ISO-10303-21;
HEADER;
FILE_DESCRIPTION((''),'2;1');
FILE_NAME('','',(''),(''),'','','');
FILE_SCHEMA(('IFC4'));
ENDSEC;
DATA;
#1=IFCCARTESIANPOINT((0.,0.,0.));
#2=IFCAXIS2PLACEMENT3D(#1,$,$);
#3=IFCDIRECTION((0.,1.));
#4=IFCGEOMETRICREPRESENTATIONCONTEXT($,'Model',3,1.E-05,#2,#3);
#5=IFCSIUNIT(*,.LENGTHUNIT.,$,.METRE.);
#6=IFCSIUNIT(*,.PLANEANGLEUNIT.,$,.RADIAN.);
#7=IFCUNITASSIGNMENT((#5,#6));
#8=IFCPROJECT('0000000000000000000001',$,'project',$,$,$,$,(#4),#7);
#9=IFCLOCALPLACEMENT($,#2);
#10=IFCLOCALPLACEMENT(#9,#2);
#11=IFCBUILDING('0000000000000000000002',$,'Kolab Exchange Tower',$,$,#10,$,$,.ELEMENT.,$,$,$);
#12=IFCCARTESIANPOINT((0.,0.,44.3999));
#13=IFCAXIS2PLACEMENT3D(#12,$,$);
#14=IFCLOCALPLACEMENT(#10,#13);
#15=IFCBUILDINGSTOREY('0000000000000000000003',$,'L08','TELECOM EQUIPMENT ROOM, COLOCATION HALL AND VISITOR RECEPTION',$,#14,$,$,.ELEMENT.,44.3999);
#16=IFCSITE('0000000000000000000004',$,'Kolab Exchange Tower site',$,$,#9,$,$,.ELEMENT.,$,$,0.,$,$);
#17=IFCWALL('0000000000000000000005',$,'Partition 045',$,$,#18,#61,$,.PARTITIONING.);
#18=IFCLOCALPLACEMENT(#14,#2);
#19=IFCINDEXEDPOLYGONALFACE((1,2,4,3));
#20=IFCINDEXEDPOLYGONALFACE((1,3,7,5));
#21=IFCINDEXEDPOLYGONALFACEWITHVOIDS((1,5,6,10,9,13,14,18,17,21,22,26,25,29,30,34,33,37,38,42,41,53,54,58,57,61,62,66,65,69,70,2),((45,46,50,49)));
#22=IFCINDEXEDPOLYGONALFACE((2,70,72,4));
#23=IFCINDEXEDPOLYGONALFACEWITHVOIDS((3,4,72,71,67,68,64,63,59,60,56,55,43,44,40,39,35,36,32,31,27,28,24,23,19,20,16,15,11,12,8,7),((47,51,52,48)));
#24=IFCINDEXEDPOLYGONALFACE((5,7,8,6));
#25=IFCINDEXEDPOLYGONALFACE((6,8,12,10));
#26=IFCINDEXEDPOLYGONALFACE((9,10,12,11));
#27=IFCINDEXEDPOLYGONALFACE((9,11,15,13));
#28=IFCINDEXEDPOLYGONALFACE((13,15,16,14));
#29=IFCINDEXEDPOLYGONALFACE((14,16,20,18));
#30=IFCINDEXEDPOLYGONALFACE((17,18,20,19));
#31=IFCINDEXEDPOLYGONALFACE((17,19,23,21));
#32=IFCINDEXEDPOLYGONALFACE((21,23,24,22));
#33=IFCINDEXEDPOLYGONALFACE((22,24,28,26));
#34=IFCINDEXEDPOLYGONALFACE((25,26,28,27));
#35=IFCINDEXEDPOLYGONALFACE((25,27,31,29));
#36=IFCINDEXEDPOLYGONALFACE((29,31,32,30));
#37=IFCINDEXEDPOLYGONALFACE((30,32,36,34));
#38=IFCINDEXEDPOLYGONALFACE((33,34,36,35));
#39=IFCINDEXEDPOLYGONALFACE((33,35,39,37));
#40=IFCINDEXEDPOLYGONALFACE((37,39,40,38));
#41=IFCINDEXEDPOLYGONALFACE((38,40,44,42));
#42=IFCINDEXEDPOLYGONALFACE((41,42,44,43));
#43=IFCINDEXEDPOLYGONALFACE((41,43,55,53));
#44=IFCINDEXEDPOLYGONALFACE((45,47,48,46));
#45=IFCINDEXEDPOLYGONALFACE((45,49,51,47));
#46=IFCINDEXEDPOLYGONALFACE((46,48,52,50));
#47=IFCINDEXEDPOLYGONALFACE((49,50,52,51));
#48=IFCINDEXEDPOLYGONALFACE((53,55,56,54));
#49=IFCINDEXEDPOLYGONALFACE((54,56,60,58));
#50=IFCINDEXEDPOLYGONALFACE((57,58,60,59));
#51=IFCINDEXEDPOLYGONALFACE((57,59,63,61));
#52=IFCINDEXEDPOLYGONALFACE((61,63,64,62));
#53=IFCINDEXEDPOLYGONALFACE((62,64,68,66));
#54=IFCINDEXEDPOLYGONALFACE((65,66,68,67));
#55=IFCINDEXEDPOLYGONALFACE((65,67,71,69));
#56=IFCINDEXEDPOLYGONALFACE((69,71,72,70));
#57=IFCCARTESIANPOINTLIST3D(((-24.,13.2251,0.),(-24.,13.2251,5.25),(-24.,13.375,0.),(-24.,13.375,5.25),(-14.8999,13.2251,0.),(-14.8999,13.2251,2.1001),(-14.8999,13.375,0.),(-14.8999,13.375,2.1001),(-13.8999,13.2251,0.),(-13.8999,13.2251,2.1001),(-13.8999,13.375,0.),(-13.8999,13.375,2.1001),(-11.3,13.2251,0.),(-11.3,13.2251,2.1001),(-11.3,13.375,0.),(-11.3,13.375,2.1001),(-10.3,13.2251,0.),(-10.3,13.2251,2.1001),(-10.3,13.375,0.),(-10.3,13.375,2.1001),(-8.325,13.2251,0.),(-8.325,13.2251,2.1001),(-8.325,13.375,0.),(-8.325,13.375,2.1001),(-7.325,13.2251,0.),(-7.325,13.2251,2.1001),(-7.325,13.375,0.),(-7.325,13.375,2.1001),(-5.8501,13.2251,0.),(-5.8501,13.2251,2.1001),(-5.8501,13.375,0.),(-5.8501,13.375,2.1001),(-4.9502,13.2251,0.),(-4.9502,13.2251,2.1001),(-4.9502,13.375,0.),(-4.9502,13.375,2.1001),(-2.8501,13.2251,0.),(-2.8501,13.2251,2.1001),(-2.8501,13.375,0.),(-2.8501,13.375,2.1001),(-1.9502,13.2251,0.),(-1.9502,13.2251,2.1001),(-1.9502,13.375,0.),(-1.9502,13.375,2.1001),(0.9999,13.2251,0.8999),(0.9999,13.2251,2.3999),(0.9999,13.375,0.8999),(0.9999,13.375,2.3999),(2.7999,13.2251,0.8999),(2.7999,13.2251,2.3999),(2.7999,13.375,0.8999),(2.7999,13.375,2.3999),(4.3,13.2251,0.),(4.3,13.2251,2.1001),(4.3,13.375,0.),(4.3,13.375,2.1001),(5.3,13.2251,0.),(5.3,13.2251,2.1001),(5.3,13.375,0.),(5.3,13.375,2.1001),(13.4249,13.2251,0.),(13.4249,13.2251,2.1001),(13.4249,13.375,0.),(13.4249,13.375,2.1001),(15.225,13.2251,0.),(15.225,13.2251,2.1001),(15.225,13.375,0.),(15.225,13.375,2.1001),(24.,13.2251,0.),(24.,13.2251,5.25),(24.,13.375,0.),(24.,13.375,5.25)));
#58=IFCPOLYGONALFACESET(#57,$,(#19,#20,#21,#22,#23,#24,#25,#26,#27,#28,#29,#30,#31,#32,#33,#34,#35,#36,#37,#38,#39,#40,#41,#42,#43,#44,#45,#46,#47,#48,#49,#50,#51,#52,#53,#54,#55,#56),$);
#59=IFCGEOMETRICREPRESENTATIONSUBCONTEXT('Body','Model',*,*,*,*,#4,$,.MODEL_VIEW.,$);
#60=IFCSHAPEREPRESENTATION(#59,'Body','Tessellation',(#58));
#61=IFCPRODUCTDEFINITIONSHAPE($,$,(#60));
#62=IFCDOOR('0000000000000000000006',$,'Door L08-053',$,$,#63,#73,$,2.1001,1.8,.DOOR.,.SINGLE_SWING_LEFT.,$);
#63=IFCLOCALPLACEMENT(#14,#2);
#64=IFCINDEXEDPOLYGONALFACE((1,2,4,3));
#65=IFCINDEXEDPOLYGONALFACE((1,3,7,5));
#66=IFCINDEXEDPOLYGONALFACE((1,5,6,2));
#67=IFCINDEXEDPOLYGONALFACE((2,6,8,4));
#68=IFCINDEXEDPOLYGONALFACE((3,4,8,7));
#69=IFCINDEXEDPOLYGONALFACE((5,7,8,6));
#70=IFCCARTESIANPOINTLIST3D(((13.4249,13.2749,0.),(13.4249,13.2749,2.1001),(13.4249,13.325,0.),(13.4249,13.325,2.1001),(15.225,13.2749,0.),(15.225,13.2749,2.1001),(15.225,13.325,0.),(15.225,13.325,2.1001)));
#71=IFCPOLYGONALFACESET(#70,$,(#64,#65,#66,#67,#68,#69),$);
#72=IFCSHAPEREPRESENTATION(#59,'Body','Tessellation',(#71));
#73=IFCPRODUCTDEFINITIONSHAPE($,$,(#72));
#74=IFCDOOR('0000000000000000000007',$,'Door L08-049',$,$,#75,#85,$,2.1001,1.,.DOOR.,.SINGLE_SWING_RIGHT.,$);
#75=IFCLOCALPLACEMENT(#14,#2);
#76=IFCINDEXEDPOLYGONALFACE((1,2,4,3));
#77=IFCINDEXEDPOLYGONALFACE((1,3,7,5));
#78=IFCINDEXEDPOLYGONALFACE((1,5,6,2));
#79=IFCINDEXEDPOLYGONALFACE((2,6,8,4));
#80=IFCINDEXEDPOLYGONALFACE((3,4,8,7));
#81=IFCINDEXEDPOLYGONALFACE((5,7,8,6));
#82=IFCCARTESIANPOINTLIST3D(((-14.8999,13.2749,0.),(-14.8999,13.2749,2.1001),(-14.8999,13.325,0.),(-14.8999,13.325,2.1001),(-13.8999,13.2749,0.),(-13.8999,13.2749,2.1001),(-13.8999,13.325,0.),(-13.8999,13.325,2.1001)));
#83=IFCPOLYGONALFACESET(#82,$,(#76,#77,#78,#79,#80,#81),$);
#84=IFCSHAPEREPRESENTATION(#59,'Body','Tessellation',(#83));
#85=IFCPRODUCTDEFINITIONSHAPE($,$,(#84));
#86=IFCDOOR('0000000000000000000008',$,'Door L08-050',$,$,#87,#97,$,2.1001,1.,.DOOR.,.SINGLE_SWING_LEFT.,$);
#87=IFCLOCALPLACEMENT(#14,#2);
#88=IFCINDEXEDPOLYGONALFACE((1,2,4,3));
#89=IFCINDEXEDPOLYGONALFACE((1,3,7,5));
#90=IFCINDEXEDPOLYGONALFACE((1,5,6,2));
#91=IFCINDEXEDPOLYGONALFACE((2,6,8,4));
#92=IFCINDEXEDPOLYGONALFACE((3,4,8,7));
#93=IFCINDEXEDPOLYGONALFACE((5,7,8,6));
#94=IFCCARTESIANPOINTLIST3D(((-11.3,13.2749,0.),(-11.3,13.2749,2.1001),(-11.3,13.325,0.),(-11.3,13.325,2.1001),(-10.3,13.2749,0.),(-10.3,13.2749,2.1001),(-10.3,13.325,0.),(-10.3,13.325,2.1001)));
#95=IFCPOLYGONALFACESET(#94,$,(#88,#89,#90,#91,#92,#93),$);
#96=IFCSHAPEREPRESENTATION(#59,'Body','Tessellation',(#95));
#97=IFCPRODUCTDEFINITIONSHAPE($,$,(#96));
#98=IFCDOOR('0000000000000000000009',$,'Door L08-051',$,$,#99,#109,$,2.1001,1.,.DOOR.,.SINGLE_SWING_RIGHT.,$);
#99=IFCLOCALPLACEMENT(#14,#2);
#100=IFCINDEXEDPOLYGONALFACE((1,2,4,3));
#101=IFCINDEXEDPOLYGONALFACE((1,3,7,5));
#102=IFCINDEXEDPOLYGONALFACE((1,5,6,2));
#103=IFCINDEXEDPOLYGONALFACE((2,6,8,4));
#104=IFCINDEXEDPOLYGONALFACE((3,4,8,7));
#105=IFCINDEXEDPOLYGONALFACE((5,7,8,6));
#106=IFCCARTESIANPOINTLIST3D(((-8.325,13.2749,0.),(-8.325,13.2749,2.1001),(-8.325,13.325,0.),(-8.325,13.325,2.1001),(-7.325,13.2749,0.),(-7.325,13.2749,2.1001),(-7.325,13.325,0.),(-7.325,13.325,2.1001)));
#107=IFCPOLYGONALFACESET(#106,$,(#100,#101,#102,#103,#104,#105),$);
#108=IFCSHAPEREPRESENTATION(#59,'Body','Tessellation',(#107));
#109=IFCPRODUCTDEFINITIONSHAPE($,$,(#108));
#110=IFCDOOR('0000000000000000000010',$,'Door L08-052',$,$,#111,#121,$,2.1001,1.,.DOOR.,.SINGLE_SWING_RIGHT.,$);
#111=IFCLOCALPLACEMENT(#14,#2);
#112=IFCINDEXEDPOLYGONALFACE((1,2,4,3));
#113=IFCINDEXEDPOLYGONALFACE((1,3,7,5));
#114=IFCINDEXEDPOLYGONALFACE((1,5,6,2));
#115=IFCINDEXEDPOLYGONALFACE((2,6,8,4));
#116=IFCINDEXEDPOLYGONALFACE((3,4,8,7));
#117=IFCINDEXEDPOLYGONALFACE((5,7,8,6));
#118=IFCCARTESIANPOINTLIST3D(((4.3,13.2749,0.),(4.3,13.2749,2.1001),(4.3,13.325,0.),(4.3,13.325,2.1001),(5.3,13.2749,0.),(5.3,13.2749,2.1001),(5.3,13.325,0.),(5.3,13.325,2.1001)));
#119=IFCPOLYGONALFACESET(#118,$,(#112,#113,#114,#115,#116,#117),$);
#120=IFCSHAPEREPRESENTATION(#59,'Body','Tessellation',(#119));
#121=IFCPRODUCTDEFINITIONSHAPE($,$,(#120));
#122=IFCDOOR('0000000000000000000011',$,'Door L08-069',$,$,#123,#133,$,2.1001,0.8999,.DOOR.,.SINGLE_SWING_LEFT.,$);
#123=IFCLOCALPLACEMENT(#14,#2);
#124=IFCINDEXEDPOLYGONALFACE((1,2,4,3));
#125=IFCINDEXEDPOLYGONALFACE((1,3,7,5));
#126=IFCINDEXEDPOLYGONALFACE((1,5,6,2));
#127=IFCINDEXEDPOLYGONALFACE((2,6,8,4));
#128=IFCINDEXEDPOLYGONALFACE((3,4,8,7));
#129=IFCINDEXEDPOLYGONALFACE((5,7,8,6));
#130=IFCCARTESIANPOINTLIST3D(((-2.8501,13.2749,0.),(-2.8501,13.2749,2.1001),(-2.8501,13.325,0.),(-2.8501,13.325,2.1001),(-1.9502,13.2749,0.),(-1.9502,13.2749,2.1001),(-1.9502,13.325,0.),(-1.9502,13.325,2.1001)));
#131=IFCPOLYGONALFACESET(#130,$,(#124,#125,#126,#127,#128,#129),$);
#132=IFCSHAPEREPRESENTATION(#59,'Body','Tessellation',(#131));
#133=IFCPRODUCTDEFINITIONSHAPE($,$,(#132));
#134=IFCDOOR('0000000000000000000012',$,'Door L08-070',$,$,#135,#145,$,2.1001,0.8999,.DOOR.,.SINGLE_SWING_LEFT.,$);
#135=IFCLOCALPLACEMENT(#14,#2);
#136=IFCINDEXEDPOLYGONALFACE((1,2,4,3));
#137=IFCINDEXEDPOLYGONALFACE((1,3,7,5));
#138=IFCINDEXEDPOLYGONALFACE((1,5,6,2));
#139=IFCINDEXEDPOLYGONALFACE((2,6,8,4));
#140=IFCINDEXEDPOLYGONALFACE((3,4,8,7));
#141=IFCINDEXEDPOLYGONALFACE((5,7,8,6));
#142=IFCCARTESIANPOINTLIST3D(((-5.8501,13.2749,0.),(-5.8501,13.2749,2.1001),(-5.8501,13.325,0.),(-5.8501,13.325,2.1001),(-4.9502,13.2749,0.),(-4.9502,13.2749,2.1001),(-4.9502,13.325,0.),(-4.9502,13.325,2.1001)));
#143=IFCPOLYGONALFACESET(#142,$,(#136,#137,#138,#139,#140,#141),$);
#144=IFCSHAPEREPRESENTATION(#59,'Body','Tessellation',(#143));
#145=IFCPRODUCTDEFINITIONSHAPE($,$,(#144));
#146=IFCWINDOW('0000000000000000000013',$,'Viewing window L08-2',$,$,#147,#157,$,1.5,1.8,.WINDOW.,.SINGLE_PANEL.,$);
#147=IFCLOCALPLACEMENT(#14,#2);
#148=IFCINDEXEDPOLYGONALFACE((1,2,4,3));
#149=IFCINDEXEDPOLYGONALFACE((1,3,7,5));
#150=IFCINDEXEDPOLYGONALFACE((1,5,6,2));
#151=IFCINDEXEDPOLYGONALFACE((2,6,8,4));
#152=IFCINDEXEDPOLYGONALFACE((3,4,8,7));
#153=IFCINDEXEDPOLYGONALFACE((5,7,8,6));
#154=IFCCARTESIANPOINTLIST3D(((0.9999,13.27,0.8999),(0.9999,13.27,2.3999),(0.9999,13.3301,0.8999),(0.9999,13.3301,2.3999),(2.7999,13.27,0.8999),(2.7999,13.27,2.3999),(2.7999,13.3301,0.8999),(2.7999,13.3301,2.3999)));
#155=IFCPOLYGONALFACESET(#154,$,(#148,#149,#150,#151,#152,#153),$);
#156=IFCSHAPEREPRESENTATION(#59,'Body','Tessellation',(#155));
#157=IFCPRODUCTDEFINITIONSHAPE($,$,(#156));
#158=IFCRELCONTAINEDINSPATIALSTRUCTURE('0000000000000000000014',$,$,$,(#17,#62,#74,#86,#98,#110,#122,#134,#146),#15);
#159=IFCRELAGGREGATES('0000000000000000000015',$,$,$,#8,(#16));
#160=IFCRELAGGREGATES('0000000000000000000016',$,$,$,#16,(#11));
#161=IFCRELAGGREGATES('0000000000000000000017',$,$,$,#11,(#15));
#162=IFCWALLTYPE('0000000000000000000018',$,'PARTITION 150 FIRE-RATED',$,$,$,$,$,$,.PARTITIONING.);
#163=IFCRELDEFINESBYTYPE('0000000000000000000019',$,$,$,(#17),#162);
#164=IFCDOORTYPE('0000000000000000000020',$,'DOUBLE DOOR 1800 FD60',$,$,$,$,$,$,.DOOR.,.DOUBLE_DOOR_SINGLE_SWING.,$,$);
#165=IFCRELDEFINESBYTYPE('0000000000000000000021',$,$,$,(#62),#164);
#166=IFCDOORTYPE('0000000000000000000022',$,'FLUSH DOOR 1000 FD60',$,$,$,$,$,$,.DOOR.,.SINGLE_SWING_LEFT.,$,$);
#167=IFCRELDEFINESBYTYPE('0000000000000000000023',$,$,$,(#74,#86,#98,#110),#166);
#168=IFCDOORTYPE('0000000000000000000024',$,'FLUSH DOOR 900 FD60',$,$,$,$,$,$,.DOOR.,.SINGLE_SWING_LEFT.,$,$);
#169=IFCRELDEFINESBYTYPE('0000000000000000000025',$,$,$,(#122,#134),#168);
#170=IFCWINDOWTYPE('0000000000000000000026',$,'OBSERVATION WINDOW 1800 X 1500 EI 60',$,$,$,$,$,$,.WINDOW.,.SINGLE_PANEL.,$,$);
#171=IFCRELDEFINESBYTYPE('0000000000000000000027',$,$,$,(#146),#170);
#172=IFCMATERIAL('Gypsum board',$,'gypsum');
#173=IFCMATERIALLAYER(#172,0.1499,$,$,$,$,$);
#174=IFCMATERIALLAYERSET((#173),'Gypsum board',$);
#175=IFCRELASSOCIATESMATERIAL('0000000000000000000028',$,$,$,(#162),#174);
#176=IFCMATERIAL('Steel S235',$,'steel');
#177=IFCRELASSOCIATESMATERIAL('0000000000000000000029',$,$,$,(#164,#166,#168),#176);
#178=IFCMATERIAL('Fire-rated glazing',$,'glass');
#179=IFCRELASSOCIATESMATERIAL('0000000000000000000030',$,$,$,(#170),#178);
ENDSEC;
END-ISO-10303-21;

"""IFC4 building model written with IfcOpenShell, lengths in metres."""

from ifc_helpers import new_model, si_unit, direction, frame, frame_2d, origin, place, context, subcontext, project, spatial, rectangle, extrude, material, layer, layer_set, type_object, element, fill, save


model = new_model("IFC4")

# Units and contexts
model_context = context("Model", 3, precision=1e-05, world=origin(), true_north=direction((0.0, 1.0)))
body_context = subcontext(model_context, "Body", "Model", "MODEL_VIEW")
ifc_project = project(units=[si_unit("LENGTHUNIT", "METRE"), si_unit("PLANEANGLEUNIT", "RADIAN")], contexts=[model_context])

# Site, building, storey
site_placement = place(None, origin())
site = spatial("IfcSite", under=ifc_project, at=site_placement, Name="Kolab Exchange Tower site", CompositionType="ELEMENT", RefElevation=0.0)
building_placement = place(site_placement, origin())
building = spatial("IfcBuilding", under=site, at=building_placement, Name="Kolab Exchange Tower", CompositionType="ELEMENT")
storey_placement = place(building_placement, frame((0.0, 0.0, 44.3999)))
storey = spatial("IfcBuildingStorey", under=building, at=storey_placement, Name="L08", Description="TELECOM EQUIPMENT ROOM, COLOCATION HALL AND VISITOR RECEPTION", CompositionType="ELEMENT", Elevation=44.3999)

# Shared definitions
ifc_material_1 = material(Name="Gypsum board", Category="gypsum")
ifc_layer_1 = layer(ifc_material_1, 0.1499)
ifc_layer_set_1 = layer_set([ifc_layer_1], Name="Gypsum board")
wall_type = type_object("IfcWallType", Name="PARTITION 150 FIRE-RATED", PredefinedType="PARTITIONING", material=ifc_layer_set_1)

# Wall, openings, doors, window
wall_1_placement = place(storey_placement, frame((-24.0, 13.3, 0.0), z_axis=(0.0, 0.0, 1.0), x_axis=(1.0, 0.0, 0.0)))
wall_1 = element("IfcWall", 1, at=wall_1_placement, inside=storey, type_object=wall_type, Name="Partition 045", PredefinedType="PARTITIONING", context=body_context, shape_type="SweptSolid", body=[
    extrude(rectangle(XDim=48.0, YDim=0.1499, at=frame_2d((24.0, 0.0))), origin(), (0.0, 0.0, 1.0), 5.25),
])
opening_1_placement = place(wall_1_placement, frame((9.1001, 0.0, 0.0)))
opening_1 = element("IfcOpeningElement", 2, at=opening_1_placement, cuts=wall_1, PredefinedType="OPENING", context=body_context, shape_type="SweptSolid", body=[
    extrude(rectangle(XDim=1.0, YDim=2.1001, at=frame_2d((0.5, 1.05))), frame((0.0, 0.085, 0.0), z_axis=(0.0, -1.0, 0.0), x_axis=(1.0, 0.0, 0.0)), (0.0, 0.0, 1.0), 0.1699),
])
opening_2_placement = place(wall_1_placement, frame((12.7, 0.0, 0.0)))
opening_2 = element("IfcOpeningElement", 3, at=opening_2_placement, cuts=wall_1, PredefinedType="OPENING", context=body_context, shape_type="SweptSolid", body=[
    extrude(rectangle(XDim=1.0, YDim=2.1001, at=frame_2d((0.5, 1.05))), frame((0.0, 0.085, 0.0), z_axis=(0.0, -1.0, 0.0), x_axis=(1.0, 0.0, 0.0)), (0.0, 0.0, 1.0), 0.1699),
])
opening_3_placement = place(wall_1_placement, frame((15.675, 0.0, 0.0)))
opening_3 = element("IfcOpeningElement", 4, at=opening_3_placement, cuts=wall_1, PredefinedType="OPENING", context=body_context, shape_type="SweptSolid", body=[
    extrude(rectangle(XDim=1.0, YDim=2.1001, at=frame_2d((0.5, 1.05))), frame((0.0, 0.085, 0.0), z_axis=(0.0, -1.0, 0.0), x_axis=(1.0, 0.0, 0.0)), (0.0, 0.0, 1.0), 0.1699),
])
opening_4_placement = place(wall_1_placement, frame((28.3, 0.0, 0.0)))
opening_4 = element("IfcOpeningElement", 5, at=opening_4_placement, cuts=wall_1, PredefinedType="OPENING", context=body_context, shape_type="SweptSolid", body=[
    extrude(rectangle(XDim=1.0, YDim=2.1001, at=frame_2d((0.5, 1.05))), frame((0.0, 0.085, 0.0), z_axis=(0.0, -1.0, 0.0), x_axis=(1.0, 0.0, 0.0)), (0.0, 0.0, 1.0), 0.1699),
])
opening_5_placement = place(wall_1_placement, frame((37.425, 0.0, 0.0)))
opening_5 = element("IfcOpeningElement", 6, at=opening_5_placement, cuts=wall_1, PredefinedType="OPENING", context=body_context, shape_type="SweptSolid", body=[
    extrude(rectangle(XDim=1.8, YDim=2.1001, at=frame_2d((0.8999, 1.05))), frame((0.0, 0.085, 0.0), z_axis=(0.0, -1.0, 0.0), x_axis=(1.0, 0.0, 0.0)), (0.0, 0.0, 1.0), 0.1699),
])
opening_6_placement = place(wall_1_placement, frame((21.1499, 0.0, 0.0)))
opening_6 = element("IfcOpeningElement", 7, at=opening_6_placement, cuts=wall_1, PredefinedType="OPENING", context=body_context, shape_type="SweptSolid", body=[
    extrude(rectangle(XDim=0.8999, YDim=2.1001, at=frame_2d((0.45, 1.05))), frame((0.0, 0.085, 0.0), z_axis=(0.0, -1.0, 0.0), x_axis=(1.0, 0.0, 0.0)), (0.0, 0.0, 1.0), 0.1699),
])
opening_7_placement = place(wall_1_placement, frame((18.1499, 0.0, 0.0)))
opening_7 = element("IfcOpeningElement", 8, at=opening_7_placement, cuts=wall_1, PredefinedType="OPENING", context=body_context, shape_type="SweptSolid", body=[
    extrude(rectangle(XDim=0.8999, YDim=2.1001, at=frame_2d((0.45, 1.05))), frame((0.0, 0.085, 0.0), z_axis=(0.0, -1.0, 0.0), x_axis=(1.0, 0.0, 0.0)), (0.0, 0.0, 1.0), 0.1699),
])
opening_8_placement = place(wall_1_placement, frame((25.0, 0.0, 0.8999)))
opening_8 = element("IfcOpeningElement", 9, at=opening_8_placement, cuts=wall_1, PredefinedType="OPENING", context=body_context, shape_type="SweptSolid", body=[
    extrude(rectangle(XDim=1.8, YDim=1.5, at=frame_2d((0.8999, 0.75))), frame((0.0, 0.085, 0.0), z_axis=(0.0, -1.0, 0.0), x_axis=(1.0, 0.0, 0.0)), (0.0, 0.0, 1.0), 0.1699),
])
ifc_material_2 = material(Name="Steel S235", Category="steel")
door_type_1 = type_object("IfcDoorType", Name="DOUBLE DOOR 1800 FD60", OperationType="DOUBLE_DOOR_SINGLE_SWING", PredefinedType="DOOR", material=ifc_material_2)
door_1_placement = place(opening_5_placement, origin())
door_1 = element("IfcDoor", 10, at=door_1_placement, inside=storey, type_object=door_type_1, Name="Door L08-053", OperationType="SINGLE_SWING_LEFT", OverallHeight=2.1001, OverallWidth=1.8, PredefinedType="DOOR", context=body_context, shape_type="SweptSolid", body=[
    extrude(rectangle(XDim=1.8, YDim=2.1001, at=frame_2d((0.8999, 1.05))), frame((0.0, 0.0249, 0.0), z_axis=(0.0, -1.0, 0.0), x_axis=(1.0, 0.0, 0.0)), (0.0, 0.0, 1.0), 0.05),
])
fill(opening_5, door_1)
door_type_2 = type_object("IfcDoorType", Name="FLUSH DOOR 1000 FD60", OperationType="SINGLE_SWING_LEFT", PredefinedType="DOOR", material=ifc_material_2)
door_2_placement = place(opening_1_placement, origin())
door_2 = element("IfcDoor", 11, at=door_2_placement, inside=storey, type_object=door_type_2, Name="Door L08-049", OperationType="SINGLE_SWING_RIGHT", OverallHeight=2.1001, OverallWidth=1.0, PredefinedType="DOOR", context=body_context, shape_type="SweptSolid", body=[
    extrude(rectangle(XDim=1.0, YDim=2.1001, at=frame_2d((0.5, 1.05))), frame((0.0, 0.0249, 0.0), z_axis=(0.0, -1.0, 0.0), x_axis=(1.0, 0.0, 0.0)), (0.0, 0.0, 1.0), 0.05),
])
fill(opening_1, door_2)
door_3_placement = place(opening_2_placement, origin())
door_3 = element("IfcDoor", 12, at=door_3_placement, inside=storey, type_object=door_type_2, Name="Door L08-050", OperationType="SINGLE_SWING_LEFT", OverallHeight=2.1001, OverallWidth=1.0, PredefinedType="DOOR", context=body_context, shape_type="SweptSolid", body=[
    extrude(rectangle(XDim=1.0, YDim=2.1001, at=frame_2d((0.5, 1.05))), frame((0.0, 0.0249, 0.0), z_axis=(0.0, -1.0, 0.0), x_axis=(1.0, 0.0, 0.0)), (0.0, 0.0, 1.0), 0.05),
])
fill(opening_2, door_3)
door_4_placement = place(opening_3_placement, origin())
door_4 = element("IfcDoor", 13, at=door_4_placement, inside=storey, type_object=door_type_2, Name="Door L08-051", OperationType="SINGLE_SWING_RIGHT", OverallHeight=2.1001, OverallWidth=1.0, PredefinedType="DOOR", context=body_context, shape_type="SweptSolid", body=[
    extrude(rectangle(XDim=1.0, YDim=2.1001, at=frame_2d((0.5, 1.05))), frame((0.0, 0.0249, 0.0), z_axis=(0.0, -1.0, 0.0), x_axis=(1.0, 0.0, 0.0)), (0.0, 0.0, 1.0), 0.05),
])
fill(opening_3, door_4)
door_5_placement = place(opening_4_placement, origin())
door_5 = element("IfcDoor", 14, at=door_5_placement, inside=storey, type_object=door_type_2, Name="Door L08-052", OperationType="SINGLE_SWING_RIGHT", OverallHeight=2.1001, OverallWidth=1.0, PredefinedType="DOOR", context=body_context, shape_type="SweptSolid", body=[
    extrude(rectangle(XDim=1.0, YDim=2.1001, at=frame_2d((0.5, 1.05))), frame((0.0, 0.0249, 0.0), z_axis=(0.0, -1.0, 0.0), x_axis=(1.0, 0.0, 0.0)), (0.0, 0.0, 1.0), 0.05),
])
fill(opening_4, door_5)
door_type_3 = type_object("IfcDoorType", Name="FLUSH DOOR 900 FD60", OperationType="SINGLE_SWING_LEFT", PredefinedType="DOOR", material=ifc_material_2)
door_6_placement = place(opening_6_placement, origin())
door_6 = element("IfcDoor", 15, at=door_6_placement, inside=storey, type_object=door_type_3, Name="Door L08-069", OperationType="SINGLE_SWING_LEFT", OverallHeight=2.1001, OverallWidth=0.8999, PredefinedType="DOOR", context=body_context, shape_type="SweptSolid", body=[
    extrude(rectangle(XDim=0.8999, YDim=2.1001, at=frame_2d((0.45, 1.05))), frame((0.0, 0.0249, 0.0), z_axis=(0.0, -1.0, 0.0), x_axis=(1.0, 0.0, 0.0)), (0.0, 0.0, 1.0), 0.05),
])
fill(opening_6, door_6)
door_7_placement = place(opening_7_placement, origin())
door_7 = element("IfcDoor", 16, at=door_7_placement, inside=storey, type_object=door_type_3, Name="Door L08-070", OperationType="SINGLE_SWING_LEFT", OverallHeight=2.1001, OverallWidth=0.8999, PredefinedType="DOOR", context=body_context, shape_type="SweptSolid", body=[
    extrude(rectangle(XDim=0.8999, YDim=2.1001, at=frame_2d((0.45, 1.05))), frame((0.0, 0.0249, 0.0), z_axis=(0.0, -1.0, 0.0), x_axis=(1.0, 0.0, 0.0)), (0.0, 0.0, 1.0), 0.05),
])
fill(opening_7, door_7)
ifc_material_3 = material(Name="Fire-rated glazing", Category="glass")
window_type = type_object("IfcWindowType", Name="OBSERVATION WINDOW 1800 X 1500 EI 60", PartitioningType="SINGLE_PANEL", PredefinedType="WINDOW", material=ifc_material_3)
window_placement = place(opening_8_placement, origin())
window = element("IfcWindow", 17, at=window_placement, inside=storey, type_object=window_type, Name="Viewing window L08-2", OverallHeight=1.5, OverallWidth=1.8, PartitioningType="SINGLE_PANEL", PredefinedType="WINDOW", context=body_context, shape_type="SweptSolid", body=[
    extrude(rectangle(XDim=1.8, YDim=1.5, at=frame_2d((0.8999, 0.75))), frame((0.0, 0.03, 0.0), z_axis=(0.0, -1.0, 0.0), x_axis=(1.0, 0.0, 0.0)), (0.0, 0.0, 1.0), 0.0601),
])
fill(opening_8, window)

save(model, "model.ifc")
